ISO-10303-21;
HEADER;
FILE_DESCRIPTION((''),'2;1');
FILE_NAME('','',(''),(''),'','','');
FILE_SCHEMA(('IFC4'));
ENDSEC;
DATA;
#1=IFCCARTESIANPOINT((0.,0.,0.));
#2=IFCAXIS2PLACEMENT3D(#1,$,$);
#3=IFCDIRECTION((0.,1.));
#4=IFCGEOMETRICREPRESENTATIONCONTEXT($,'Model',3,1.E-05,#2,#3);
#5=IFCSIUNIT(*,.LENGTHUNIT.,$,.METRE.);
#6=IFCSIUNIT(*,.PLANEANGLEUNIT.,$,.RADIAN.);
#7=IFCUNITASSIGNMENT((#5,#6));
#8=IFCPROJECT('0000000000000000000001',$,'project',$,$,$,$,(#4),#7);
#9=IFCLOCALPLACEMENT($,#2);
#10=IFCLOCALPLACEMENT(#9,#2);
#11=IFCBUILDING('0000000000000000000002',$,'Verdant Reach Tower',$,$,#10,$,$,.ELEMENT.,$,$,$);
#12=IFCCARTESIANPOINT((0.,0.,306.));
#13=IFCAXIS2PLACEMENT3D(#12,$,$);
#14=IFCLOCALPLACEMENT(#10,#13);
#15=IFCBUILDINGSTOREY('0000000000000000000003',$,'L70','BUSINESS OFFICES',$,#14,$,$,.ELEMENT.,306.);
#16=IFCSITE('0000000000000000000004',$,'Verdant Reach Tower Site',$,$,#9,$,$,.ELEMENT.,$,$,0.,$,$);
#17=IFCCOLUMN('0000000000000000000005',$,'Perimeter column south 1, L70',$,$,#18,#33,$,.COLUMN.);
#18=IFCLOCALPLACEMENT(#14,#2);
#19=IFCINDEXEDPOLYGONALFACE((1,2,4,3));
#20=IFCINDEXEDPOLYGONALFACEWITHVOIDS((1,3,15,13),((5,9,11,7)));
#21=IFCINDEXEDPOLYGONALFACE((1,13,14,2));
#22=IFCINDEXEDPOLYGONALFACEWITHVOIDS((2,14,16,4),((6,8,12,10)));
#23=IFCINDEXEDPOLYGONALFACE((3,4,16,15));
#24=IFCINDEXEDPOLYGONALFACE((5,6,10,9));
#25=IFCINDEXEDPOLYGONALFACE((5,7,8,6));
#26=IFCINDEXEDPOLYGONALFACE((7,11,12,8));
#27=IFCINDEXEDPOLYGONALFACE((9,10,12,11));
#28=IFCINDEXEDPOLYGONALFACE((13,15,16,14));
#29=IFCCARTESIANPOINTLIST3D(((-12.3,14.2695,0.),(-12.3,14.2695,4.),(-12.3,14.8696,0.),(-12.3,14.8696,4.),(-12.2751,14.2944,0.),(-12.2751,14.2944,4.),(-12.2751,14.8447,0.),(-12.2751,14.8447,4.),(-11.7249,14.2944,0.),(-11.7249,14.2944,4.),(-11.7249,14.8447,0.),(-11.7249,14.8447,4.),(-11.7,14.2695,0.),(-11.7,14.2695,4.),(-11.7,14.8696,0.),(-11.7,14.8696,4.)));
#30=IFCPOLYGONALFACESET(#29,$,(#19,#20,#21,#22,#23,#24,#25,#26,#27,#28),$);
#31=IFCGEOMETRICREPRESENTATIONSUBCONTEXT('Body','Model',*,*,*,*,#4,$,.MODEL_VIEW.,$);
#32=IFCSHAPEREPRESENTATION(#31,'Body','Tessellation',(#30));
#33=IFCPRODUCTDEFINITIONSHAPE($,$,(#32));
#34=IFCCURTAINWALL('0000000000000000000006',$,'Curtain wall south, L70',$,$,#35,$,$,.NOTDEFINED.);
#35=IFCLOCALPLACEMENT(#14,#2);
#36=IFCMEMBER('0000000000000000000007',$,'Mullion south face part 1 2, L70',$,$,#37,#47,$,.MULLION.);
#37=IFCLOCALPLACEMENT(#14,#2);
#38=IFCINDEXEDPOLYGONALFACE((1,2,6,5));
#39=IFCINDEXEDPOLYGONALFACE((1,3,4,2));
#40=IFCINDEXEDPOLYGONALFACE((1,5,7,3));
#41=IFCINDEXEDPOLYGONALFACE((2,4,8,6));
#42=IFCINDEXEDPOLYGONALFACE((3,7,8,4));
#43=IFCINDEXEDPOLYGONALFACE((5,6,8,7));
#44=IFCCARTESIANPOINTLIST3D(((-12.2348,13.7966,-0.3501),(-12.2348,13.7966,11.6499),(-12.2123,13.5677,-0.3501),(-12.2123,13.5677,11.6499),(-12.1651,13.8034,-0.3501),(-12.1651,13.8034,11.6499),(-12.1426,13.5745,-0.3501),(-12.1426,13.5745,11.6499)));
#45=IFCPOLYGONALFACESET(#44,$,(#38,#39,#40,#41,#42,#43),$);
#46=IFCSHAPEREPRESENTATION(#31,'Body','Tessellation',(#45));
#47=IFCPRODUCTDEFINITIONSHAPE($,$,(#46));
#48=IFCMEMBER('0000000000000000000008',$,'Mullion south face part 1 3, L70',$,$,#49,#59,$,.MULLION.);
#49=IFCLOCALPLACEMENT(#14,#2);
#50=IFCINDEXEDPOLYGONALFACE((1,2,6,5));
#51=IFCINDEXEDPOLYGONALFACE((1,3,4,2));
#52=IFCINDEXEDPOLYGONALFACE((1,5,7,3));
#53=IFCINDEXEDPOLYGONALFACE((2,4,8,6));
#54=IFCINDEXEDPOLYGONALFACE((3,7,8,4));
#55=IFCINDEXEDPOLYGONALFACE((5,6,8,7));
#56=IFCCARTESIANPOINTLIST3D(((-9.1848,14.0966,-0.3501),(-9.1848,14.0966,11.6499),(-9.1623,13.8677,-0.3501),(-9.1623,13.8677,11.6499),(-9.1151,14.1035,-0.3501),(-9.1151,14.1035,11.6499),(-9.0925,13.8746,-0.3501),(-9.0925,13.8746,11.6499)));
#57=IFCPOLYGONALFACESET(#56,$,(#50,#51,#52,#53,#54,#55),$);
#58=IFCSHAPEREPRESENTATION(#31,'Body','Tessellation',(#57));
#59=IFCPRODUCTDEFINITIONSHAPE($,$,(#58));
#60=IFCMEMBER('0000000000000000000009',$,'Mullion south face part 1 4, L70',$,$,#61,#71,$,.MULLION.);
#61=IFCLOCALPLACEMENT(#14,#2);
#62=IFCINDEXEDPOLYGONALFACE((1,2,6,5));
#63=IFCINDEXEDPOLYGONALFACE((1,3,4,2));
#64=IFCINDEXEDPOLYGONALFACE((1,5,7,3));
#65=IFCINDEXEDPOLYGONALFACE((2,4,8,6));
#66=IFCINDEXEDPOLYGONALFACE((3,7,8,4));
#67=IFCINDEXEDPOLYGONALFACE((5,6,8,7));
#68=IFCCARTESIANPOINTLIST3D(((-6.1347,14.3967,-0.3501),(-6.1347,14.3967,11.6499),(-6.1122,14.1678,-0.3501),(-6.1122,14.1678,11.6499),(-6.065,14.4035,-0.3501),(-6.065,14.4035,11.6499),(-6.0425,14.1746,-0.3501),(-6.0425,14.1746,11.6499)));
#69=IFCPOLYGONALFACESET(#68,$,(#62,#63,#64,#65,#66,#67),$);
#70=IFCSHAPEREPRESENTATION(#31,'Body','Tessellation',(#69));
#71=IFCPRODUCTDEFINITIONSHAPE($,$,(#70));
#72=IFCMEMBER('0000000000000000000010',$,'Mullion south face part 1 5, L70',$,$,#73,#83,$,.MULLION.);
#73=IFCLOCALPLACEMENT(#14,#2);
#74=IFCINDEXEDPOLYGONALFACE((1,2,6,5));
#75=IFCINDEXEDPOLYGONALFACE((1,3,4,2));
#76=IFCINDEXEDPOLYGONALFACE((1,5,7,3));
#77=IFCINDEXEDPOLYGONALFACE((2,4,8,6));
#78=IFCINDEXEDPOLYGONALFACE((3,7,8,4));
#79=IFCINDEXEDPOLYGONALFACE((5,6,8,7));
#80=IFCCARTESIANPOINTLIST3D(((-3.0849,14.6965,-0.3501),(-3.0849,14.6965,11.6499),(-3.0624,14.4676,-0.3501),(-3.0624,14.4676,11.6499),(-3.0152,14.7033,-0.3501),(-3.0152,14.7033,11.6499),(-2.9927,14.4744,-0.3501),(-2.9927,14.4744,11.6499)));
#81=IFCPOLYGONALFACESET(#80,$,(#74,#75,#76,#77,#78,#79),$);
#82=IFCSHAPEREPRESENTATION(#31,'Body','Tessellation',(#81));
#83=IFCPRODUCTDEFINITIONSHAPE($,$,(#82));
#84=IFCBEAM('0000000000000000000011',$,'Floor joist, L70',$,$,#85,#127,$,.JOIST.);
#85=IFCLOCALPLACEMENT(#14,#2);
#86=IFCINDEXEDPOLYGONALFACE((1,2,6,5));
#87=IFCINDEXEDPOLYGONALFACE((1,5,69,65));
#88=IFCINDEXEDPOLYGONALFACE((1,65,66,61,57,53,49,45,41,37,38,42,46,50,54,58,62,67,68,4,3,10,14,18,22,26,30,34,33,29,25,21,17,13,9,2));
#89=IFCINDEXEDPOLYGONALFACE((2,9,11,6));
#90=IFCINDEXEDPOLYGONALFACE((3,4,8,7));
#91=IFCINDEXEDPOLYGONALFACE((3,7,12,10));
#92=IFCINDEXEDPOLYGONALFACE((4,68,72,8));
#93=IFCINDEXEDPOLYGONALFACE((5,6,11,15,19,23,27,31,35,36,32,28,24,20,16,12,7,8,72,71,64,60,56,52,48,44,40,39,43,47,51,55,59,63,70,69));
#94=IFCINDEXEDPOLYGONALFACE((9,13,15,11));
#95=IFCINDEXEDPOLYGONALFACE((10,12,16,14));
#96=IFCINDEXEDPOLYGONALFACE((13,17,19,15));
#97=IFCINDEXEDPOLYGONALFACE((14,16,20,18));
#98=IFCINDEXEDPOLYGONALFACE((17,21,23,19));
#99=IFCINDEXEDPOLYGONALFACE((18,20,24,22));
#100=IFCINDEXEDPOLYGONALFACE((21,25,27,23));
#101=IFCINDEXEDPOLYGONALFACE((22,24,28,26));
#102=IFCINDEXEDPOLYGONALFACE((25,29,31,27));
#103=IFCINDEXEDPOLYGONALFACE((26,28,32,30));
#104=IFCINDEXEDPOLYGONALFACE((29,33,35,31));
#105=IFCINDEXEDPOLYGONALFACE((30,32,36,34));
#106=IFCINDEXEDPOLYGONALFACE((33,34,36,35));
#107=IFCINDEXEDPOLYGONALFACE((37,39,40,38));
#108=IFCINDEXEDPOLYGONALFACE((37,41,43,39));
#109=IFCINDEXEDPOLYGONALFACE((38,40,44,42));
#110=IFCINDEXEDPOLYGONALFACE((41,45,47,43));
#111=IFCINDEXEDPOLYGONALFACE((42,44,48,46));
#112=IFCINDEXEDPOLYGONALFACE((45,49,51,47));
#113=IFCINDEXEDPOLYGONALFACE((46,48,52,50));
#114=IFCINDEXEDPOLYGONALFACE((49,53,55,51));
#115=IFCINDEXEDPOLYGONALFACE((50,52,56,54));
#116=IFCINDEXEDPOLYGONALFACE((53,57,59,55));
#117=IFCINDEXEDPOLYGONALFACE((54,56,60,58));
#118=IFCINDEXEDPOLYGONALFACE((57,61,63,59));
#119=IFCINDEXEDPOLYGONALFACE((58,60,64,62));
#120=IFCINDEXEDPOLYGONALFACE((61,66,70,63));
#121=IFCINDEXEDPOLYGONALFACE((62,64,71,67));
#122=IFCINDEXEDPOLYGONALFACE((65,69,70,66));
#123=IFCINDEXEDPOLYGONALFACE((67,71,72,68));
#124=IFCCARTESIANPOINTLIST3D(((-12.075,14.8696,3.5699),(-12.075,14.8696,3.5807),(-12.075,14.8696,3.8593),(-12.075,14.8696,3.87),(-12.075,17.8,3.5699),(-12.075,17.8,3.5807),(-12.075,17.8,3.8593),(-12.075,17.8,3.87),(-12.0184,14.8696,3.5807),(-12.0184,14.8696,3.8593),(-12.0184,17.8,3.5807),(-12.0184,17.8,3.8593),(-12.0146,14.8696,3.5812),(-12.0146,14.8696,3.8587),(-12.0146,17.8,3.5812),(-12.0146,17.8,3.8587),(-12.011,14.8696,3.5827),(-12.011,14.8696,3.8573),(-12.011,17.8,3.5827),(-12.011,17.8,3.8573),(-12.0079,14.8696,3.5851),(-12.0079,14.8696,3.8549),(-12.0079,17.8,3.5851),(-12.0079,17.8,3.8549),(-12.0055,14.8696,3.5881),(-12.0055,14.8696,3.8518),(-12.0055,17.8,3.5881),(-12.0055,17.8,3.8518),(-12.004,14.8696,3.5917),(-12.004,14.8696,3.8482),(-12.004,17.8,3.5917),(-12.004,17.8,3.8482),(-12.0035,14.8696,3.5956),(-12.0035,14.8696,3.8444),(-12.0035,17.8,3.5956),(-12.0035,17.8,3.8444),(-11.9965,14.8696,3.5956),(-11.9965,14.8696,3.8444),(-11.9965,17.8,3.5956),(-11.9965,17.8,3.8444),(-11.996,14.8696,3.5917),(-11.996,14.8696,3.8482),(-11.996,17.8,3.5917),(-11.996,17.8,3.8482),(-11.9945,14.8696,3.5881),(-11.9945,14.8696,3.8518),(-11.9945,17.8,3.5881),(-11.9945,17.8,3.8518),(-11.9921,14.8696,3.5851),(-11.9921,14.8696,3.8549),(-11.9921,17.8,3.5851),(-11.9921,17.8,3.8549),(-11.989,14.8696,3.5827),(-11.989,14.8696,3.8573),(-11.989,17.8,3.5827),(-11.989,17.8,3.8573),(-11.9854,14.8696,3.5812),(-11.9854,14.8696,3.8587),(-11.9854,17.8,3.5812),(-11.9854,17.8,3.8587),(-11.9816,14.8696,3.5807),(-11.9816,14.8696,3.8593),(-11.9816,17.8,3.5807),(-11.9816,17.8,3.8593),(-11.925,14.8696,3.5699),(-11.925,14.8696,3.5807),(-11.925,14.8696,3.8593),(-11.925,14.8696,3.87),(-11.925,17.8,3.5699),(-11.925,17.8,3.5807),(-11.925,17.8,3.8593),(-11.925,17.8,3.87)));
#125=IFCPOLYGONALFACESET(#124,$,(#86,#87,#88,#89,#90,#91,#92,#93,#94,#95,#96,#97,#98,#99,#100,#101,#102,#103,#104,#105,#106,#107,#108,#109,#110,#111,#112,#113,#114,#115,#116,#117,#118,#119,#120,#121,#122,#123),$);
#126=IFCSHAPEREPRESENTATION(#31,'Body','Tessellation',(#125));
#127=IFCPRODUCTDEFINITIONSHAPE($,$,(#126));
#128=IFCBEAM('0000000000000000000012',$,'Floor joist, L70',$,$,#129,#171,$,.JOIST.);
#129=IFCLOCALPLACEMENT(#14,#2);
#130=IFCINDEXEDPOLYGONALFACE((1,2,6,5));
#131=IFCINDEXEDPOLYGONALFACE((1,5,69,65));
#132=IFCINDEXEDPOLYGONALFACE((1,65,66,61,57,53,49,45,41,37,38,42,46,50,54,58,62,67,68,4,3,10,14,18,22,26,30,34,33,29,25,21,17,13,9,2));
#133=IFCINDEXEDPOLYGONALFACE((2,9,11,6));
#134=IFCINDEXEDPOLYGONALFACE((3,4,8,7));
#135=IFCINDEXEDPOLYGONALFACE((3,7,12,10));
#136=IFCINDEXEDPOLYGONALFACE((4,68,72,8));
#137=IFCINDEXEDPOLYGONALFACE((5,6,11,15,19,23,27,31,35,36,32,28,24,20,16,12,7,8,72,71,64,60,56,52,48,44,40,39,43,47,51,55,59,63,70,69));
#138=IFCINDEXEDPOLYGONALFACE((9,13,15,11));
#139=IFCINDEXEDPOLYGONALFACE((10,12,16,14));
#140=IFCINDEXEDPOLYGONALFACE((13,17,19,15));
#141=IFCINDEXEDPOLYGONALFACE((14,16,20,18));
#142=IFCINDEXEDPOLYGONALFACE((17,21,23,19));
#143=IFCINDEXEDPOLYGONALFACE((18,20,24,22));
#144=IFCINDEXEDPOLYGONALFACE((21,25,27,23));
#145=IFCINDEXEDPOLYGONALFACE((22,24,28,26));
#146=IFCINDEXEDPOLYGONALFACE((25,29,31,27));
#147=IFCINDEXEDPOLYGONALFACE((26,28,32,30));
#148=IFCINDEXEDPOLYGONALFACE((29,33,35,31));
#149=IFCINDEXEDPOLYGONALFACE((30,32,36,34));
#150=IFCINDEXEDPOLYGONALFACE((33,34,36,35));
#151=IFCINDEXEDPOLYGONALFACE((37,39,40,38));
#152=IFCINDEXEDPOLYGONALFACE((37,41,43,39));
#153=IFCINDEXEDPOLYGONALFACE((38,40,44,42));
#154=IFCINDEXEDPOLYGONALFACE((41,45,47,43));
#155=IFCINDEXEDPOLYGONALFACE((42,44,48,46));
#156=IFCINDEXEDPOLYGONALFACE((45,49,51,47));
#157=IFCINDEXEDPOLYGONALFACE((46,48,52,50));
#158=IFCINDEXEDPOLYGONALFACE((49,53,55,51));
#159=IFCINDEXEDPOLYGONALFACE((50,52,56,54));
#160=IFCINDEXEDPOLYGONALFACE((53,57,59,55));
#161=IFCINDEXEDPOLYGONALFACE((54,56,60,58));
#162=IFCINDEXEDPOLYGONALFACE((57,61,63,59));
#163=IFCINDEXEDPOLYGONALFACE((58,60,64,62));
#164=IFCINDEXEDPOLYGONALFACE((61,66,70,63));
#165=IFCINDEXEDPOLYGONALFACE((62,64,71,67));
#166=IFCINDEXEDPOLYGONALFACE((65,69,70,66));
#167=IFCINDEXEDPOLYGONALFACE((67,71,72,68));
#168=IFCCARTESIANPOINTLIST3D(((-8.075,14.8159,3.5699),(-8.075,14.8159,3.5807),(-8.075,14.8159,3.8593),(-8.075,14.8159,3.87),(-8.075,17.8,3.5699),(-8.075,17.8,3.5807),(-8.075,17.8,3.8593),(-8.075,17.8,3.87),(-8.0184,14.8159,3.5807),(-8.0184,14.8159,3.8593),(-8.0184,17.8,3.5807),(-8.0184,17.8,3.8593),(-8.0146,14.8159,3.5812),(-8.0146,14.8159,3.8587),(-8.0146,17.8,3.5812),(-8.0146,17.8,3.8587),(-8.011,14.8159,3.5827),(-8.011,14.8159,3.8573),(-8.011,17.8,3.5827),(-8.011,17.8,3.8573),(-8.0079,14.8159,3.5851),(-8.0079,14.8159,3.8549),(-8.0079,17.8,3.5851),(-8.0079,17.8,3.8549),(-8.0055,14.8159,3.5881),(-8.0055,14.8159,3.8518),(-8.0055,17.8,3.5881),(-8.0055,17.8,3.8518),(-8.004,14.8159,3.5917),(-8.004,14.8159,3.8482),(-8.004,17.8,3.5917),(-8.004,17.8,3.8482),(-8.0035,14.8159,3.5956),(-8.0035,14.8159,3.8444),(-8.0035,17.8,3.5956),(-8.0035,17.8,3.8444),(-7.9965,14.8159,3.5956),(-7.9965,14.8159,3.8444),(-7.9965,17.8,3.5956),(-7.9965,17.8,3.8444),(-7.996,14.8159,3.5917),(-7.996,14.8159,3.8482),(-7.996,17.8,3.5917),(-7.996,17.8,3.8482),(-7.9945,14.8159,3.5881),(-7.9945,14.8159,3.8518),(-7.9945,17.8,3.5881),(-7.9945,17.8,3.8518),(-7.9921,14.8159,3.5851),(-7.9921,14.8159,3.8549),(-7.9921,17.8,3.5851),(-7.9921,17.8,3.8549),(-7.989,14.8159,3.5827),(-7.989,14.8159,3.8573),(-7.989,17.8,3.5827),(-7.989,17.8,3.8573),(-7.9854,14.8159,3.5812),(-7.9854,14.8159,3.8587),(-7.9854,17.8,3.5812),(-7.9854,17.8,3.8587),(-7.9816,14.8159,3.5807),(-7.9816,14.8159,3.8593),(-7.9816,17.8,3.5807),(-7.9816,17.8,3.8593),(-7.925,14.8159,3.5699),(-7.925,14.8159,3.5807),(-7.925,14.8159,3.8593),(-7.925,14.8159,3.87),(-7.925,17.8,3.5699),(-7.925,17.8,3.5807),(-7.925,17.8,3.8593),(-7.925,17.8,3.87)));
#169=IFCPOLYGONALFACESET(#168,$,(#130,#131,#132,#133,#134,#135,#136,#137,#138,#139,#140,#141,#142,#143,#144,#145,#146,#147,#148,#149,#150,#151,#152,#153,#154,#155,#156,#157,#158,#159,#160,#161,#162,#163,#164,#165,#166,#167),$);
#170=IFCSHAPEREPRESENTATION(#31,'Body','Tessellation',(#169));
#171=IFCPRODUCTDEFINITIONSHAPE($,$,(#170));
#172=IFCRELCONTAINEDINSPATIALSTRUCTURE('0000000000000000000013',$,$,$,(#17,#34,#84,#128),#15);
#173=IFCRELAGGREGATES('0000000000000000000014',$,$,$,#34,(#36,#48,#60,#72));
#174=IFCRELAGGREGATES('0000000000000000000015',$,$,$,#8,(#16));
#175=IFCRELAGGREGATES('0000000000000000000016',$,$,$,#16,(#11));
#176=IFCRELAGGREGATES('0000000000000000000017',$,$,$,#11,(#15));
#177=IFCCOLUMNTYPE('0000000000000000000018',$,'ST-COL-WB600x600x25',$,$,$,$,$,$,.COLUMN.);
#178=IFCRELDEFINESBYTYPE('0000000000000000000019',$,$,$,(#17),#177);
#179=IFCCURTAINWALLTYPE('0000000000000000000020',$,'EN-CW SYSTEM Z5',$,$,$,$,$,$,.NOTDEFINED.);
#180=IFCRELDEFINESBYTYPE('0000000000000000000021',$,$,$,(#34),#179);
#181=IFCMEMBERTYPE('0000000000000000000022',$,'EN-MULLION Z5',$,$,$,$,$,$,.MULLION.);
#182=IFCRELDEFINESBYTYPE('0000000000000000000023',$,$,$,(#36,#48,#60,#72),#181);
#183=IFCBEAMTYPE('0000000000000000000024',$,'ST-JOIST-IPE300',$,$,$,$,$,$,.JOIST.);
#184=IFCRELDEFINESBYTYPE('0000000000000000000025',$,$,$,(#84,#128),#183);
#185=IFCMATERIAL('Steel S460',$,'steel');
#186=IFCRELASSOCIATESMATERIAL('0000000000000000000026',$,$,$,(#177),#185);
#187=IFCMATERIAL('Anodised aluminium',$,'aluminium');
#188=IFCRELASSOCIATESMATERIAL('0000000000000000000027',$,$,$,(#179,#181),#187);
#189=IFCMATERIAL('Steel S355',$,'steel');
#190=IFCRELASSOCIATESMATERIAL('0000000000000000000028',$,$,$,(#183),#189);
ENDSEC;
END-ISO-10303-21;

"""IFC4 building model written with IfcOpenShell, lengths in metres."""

from ifc_helpers import new_model, si_unit, direction, frame, origin, origin_2d, place, context, subcontext, project, spatial, rectangle, hollow_rectangle, i_section, extrude, material, material_profile, profile_set, type_object, element, aggregate, save


model = new_model("IFC4")

# Units and contexts
model_context = context("Model", 3, precision=1e-05, world=origin(), true_north=direction((0.0, 1.0)))
body_context = subcontext(model_context, "Body", "Model", "MODEL_VIEW")
ifc_project = project(units=[si_unit("LENGTHUNIT", "METRE"), si_unit("PLANEANGLEUNIT", "RADIAN")], contexts=[model_context])

# Site, building, storey
site_placement = place(None, origin())
site = spatial("IfcSite", under=ifc_project, at=site_placement, Name="Verdant Reach Tower Site", CompositionType="ELEMENT", RefElevation=0.0)
building_placement = place(site_placement, origin())
building = spatial("IfcBuilding", under=site, at=building_placement, Name="Verdant Reach Tower", CompositionType="ELEMENT")
storey_placement = place(building_placement, frame((0.0, 0.0, 306.0)))
storey = spatial("IfcBuildingStorey", under=building, at=storey_placement, Name="L70", Description="BUSINESS OFFICES", CompositionType="ELEMENT", Elevation=306.0)

# Column
ifc_material_1 = material(Name="Steel S460", Category="steel")
ifc_material_profile_1 = material_profile(ifc_material_1, hollow_rectangle(XDim=0.6001, YDim=0.6001, WallThickness=0.0249, at=origin_2d()), Name="WB 600x600x25")
ifc_profile_set_1 = profile_set([ifc_material_profile_1], Name="Steel S460")
column_type = type_object("IfcColumnType", Name="ST-COL-WB600x600x25", PredefinedType="COLUMN", material=ifc_profile_set_1)
column_placement = place(storey_placement, frame((-12.0, 14.5696, 0.0), z_axis=(0.0, 0.0, 1.0), x_axis=(1.0, 0.0, 0.0)))
element("IfcColumn", 1, at=column_placement, inside=storey, type_object=column_type, Name="Perimeter column south 1, L70", PredefinedType="COLUMN", context=body_context, shape_type="SweptSolid", body=[
    extrude(hollow_rectangle(XDim=0.6001, YDim=0.6001, WallThickness=0.0249, at=origin_2d()), origin(), (0.0, 0.0, 1.0), 4.0),
])

# Curtain wall, members
ifc_material_2 = material(Name="Anodised aluminium", Category="aluminium")
curtain_wall_type = type_object("IfcCurtainWallType", Name="EN-CW SYSTEM Z5", PredefinedType="NOTDEFINED", material=ifc_material_2)
curtain_wall_placement = place(storey_placement, origin())
curtain_wall = element("IfcCurtainWall", 2, at=curtain_wall_placement, inside=storey, type_object=curtain_wall_type, Name="Curtain wall south, L70", PredefinedType="NOTDEFINED")
ifc_material_profile_2 = material_profile(ifc_material_2, rectangle(XDim=0.23, YDim=0.0701, at=origin_2d()), Name="Mullion 70x230")
ifc_profile_set_2 = profile_set([ifc_material_profile_2], Name="Anodised aluminium")
member_type = type_object("IfcMemberType", Name="EN-MULLION Z5", PredefinedType="MULLION", material=ifc_profile_set_2)
member_1_placement = place(storey_placement, frame((-12.1887, 13.6855, -0.3501), z_axis=(0.0, 0.0, 1.0), x_axis=(0.097888, -0.995197, 0.0)))
member_1 = element("IfcMember", 3, at=member_1_placement, type_object=member_type, Name="Mullion south face part 1 2, L70", PredefinedType="MULLION", context=body_context, shape_type="SweptSolid", body=[
    extrude(rectangle(XDim=0.23, YDim=0.0701, at=origin_2d()), origin(), (0.0, 0.0, 1.0), 12.0),
])
member_2_placement = place(storey_placement, frame((-9.1387, 13.9856, -0.3501), z_axis=(0.0, 0.0, 1.0), x_axis=(0.097888, -0.995197, 0.0)))
member_2 = element("IfcMember", 4, at=member_2_placement, type_object=member_type, Name="Mullion south face part 1 3, L70", PredefinedType="MULLION", context=body_context, shape_type="SweptSolid", body=[
    extrude(rectangle(XDim=0.23, YDim=0.0701, at=origin_2d()), origin(), (0.0, 0.0, 1.0), 12.0),
])
member_3_placement = place(storey_placement, frame((-6.0886, 14.2856, -0.3501), z_axis=(0.0, 0.0, 1.0), x_axis=(0.097888, -0.995197, 0.0)))
member_3 = element("IfcMember", 5, at=member_3_placement, type_object=member_type, Name="Mullion south face part 1 4, L70", PredefinedType="MULLION", context=body_context, shape_type="SweptSolid", body=[
    extrude(rectangle(XDim=0.23, YDim=0.0701, at=origin_2d()), origin(), (0.0, 0.0, 1.0), 12.0),
])
member_4_placement = place(storey_placement, frame((-3.0388, 14.5854, -0.3501), z_axis=(0.0, 0.0, 1.0), x_axis=(0.097888, -0.995197, 0.0)))
member_4 = element("IfcMember", 6, at=member_4_placement, type_object=member_type, Name="Mullion south face part 1 5, L70", PredefinedType="MULLION", context=body_context, shape_type="SweptSolid", body=[
    extrude(rectangle(XDim=0.23, YDim=0.0701, at=origin_2d()), origin(), (0.0, 0.0, 1.0), 12.0),
])

# Beams
ifc_material_3 = material(Name="Steel S355", Category="steel")
ifc_material_profile_3 = material_profile(ifc_material_3, i_section(OverallWidth=0.1499, OverallDepth=0.3, WebThickness=0.0071, FlangeThickness=0.0107, FilletRadius=0.0149, at=origin_2d()), Name="IPE 300")
ifc_profile_set_3 = profile_set([ifc_material_profile_3], Name="Steel S355")
beam_type_1 = type_object("IfcBeamType", Name="ST-JOIST-IPE300", PredefinedType="JOIST", material=ifc_profile_set_3)
beam_1_placement = place(storey_placement, frame((-12.0, 17.8, 3.72), z_axis=(0.0, -1.0, 0.0), x_axis=(1.0, 0.0, 0.0)))
element("IfcBeam", 7, at=beam_1_placement, inside=storey, type_object=beam_type_1, Name="Floor joist, L70", PredefinedType="JOIST", context=body_context, shape_type="SweptSolid", body=[
    extrude(i_section(OverallWidth=0.1499, OverallDepth=0.3, WebThickness=0.0071, FlangeThickness=0.0107, FilletRadius=0.0149, at=origin_2d()), origin(), (0.0, 0.0, 1.0), 2.9304),
])
beam_2_placement = place(storey_placement, frame((-8.0, 17.8, 3.72), z_axis=(0.0, -1.0, 0.0), x_axis=(1.0, 0.0, 0.0)))
element("IfcBeam", 8, at=beam_2_placement, inside=storey, type_object=beam_type_1, Name="Floor joist, L70", PredefinedType="JOIST", context=body_context, shape_type="SweptSolid", body=[
    extrude(i_section(OverallWidth=0.1499, OverallDepth=0.3, WebThickness=0.0071, FlangeThickness=0.0107, FilletRadius=0.0149, at=origin_2d()), origin(), (0.0, 0.0, 1.0), 2.9841),
])

aggregate(curtain_wall, [member_1, member_2, member_3, member_4])

save(model, "model.ifc")
